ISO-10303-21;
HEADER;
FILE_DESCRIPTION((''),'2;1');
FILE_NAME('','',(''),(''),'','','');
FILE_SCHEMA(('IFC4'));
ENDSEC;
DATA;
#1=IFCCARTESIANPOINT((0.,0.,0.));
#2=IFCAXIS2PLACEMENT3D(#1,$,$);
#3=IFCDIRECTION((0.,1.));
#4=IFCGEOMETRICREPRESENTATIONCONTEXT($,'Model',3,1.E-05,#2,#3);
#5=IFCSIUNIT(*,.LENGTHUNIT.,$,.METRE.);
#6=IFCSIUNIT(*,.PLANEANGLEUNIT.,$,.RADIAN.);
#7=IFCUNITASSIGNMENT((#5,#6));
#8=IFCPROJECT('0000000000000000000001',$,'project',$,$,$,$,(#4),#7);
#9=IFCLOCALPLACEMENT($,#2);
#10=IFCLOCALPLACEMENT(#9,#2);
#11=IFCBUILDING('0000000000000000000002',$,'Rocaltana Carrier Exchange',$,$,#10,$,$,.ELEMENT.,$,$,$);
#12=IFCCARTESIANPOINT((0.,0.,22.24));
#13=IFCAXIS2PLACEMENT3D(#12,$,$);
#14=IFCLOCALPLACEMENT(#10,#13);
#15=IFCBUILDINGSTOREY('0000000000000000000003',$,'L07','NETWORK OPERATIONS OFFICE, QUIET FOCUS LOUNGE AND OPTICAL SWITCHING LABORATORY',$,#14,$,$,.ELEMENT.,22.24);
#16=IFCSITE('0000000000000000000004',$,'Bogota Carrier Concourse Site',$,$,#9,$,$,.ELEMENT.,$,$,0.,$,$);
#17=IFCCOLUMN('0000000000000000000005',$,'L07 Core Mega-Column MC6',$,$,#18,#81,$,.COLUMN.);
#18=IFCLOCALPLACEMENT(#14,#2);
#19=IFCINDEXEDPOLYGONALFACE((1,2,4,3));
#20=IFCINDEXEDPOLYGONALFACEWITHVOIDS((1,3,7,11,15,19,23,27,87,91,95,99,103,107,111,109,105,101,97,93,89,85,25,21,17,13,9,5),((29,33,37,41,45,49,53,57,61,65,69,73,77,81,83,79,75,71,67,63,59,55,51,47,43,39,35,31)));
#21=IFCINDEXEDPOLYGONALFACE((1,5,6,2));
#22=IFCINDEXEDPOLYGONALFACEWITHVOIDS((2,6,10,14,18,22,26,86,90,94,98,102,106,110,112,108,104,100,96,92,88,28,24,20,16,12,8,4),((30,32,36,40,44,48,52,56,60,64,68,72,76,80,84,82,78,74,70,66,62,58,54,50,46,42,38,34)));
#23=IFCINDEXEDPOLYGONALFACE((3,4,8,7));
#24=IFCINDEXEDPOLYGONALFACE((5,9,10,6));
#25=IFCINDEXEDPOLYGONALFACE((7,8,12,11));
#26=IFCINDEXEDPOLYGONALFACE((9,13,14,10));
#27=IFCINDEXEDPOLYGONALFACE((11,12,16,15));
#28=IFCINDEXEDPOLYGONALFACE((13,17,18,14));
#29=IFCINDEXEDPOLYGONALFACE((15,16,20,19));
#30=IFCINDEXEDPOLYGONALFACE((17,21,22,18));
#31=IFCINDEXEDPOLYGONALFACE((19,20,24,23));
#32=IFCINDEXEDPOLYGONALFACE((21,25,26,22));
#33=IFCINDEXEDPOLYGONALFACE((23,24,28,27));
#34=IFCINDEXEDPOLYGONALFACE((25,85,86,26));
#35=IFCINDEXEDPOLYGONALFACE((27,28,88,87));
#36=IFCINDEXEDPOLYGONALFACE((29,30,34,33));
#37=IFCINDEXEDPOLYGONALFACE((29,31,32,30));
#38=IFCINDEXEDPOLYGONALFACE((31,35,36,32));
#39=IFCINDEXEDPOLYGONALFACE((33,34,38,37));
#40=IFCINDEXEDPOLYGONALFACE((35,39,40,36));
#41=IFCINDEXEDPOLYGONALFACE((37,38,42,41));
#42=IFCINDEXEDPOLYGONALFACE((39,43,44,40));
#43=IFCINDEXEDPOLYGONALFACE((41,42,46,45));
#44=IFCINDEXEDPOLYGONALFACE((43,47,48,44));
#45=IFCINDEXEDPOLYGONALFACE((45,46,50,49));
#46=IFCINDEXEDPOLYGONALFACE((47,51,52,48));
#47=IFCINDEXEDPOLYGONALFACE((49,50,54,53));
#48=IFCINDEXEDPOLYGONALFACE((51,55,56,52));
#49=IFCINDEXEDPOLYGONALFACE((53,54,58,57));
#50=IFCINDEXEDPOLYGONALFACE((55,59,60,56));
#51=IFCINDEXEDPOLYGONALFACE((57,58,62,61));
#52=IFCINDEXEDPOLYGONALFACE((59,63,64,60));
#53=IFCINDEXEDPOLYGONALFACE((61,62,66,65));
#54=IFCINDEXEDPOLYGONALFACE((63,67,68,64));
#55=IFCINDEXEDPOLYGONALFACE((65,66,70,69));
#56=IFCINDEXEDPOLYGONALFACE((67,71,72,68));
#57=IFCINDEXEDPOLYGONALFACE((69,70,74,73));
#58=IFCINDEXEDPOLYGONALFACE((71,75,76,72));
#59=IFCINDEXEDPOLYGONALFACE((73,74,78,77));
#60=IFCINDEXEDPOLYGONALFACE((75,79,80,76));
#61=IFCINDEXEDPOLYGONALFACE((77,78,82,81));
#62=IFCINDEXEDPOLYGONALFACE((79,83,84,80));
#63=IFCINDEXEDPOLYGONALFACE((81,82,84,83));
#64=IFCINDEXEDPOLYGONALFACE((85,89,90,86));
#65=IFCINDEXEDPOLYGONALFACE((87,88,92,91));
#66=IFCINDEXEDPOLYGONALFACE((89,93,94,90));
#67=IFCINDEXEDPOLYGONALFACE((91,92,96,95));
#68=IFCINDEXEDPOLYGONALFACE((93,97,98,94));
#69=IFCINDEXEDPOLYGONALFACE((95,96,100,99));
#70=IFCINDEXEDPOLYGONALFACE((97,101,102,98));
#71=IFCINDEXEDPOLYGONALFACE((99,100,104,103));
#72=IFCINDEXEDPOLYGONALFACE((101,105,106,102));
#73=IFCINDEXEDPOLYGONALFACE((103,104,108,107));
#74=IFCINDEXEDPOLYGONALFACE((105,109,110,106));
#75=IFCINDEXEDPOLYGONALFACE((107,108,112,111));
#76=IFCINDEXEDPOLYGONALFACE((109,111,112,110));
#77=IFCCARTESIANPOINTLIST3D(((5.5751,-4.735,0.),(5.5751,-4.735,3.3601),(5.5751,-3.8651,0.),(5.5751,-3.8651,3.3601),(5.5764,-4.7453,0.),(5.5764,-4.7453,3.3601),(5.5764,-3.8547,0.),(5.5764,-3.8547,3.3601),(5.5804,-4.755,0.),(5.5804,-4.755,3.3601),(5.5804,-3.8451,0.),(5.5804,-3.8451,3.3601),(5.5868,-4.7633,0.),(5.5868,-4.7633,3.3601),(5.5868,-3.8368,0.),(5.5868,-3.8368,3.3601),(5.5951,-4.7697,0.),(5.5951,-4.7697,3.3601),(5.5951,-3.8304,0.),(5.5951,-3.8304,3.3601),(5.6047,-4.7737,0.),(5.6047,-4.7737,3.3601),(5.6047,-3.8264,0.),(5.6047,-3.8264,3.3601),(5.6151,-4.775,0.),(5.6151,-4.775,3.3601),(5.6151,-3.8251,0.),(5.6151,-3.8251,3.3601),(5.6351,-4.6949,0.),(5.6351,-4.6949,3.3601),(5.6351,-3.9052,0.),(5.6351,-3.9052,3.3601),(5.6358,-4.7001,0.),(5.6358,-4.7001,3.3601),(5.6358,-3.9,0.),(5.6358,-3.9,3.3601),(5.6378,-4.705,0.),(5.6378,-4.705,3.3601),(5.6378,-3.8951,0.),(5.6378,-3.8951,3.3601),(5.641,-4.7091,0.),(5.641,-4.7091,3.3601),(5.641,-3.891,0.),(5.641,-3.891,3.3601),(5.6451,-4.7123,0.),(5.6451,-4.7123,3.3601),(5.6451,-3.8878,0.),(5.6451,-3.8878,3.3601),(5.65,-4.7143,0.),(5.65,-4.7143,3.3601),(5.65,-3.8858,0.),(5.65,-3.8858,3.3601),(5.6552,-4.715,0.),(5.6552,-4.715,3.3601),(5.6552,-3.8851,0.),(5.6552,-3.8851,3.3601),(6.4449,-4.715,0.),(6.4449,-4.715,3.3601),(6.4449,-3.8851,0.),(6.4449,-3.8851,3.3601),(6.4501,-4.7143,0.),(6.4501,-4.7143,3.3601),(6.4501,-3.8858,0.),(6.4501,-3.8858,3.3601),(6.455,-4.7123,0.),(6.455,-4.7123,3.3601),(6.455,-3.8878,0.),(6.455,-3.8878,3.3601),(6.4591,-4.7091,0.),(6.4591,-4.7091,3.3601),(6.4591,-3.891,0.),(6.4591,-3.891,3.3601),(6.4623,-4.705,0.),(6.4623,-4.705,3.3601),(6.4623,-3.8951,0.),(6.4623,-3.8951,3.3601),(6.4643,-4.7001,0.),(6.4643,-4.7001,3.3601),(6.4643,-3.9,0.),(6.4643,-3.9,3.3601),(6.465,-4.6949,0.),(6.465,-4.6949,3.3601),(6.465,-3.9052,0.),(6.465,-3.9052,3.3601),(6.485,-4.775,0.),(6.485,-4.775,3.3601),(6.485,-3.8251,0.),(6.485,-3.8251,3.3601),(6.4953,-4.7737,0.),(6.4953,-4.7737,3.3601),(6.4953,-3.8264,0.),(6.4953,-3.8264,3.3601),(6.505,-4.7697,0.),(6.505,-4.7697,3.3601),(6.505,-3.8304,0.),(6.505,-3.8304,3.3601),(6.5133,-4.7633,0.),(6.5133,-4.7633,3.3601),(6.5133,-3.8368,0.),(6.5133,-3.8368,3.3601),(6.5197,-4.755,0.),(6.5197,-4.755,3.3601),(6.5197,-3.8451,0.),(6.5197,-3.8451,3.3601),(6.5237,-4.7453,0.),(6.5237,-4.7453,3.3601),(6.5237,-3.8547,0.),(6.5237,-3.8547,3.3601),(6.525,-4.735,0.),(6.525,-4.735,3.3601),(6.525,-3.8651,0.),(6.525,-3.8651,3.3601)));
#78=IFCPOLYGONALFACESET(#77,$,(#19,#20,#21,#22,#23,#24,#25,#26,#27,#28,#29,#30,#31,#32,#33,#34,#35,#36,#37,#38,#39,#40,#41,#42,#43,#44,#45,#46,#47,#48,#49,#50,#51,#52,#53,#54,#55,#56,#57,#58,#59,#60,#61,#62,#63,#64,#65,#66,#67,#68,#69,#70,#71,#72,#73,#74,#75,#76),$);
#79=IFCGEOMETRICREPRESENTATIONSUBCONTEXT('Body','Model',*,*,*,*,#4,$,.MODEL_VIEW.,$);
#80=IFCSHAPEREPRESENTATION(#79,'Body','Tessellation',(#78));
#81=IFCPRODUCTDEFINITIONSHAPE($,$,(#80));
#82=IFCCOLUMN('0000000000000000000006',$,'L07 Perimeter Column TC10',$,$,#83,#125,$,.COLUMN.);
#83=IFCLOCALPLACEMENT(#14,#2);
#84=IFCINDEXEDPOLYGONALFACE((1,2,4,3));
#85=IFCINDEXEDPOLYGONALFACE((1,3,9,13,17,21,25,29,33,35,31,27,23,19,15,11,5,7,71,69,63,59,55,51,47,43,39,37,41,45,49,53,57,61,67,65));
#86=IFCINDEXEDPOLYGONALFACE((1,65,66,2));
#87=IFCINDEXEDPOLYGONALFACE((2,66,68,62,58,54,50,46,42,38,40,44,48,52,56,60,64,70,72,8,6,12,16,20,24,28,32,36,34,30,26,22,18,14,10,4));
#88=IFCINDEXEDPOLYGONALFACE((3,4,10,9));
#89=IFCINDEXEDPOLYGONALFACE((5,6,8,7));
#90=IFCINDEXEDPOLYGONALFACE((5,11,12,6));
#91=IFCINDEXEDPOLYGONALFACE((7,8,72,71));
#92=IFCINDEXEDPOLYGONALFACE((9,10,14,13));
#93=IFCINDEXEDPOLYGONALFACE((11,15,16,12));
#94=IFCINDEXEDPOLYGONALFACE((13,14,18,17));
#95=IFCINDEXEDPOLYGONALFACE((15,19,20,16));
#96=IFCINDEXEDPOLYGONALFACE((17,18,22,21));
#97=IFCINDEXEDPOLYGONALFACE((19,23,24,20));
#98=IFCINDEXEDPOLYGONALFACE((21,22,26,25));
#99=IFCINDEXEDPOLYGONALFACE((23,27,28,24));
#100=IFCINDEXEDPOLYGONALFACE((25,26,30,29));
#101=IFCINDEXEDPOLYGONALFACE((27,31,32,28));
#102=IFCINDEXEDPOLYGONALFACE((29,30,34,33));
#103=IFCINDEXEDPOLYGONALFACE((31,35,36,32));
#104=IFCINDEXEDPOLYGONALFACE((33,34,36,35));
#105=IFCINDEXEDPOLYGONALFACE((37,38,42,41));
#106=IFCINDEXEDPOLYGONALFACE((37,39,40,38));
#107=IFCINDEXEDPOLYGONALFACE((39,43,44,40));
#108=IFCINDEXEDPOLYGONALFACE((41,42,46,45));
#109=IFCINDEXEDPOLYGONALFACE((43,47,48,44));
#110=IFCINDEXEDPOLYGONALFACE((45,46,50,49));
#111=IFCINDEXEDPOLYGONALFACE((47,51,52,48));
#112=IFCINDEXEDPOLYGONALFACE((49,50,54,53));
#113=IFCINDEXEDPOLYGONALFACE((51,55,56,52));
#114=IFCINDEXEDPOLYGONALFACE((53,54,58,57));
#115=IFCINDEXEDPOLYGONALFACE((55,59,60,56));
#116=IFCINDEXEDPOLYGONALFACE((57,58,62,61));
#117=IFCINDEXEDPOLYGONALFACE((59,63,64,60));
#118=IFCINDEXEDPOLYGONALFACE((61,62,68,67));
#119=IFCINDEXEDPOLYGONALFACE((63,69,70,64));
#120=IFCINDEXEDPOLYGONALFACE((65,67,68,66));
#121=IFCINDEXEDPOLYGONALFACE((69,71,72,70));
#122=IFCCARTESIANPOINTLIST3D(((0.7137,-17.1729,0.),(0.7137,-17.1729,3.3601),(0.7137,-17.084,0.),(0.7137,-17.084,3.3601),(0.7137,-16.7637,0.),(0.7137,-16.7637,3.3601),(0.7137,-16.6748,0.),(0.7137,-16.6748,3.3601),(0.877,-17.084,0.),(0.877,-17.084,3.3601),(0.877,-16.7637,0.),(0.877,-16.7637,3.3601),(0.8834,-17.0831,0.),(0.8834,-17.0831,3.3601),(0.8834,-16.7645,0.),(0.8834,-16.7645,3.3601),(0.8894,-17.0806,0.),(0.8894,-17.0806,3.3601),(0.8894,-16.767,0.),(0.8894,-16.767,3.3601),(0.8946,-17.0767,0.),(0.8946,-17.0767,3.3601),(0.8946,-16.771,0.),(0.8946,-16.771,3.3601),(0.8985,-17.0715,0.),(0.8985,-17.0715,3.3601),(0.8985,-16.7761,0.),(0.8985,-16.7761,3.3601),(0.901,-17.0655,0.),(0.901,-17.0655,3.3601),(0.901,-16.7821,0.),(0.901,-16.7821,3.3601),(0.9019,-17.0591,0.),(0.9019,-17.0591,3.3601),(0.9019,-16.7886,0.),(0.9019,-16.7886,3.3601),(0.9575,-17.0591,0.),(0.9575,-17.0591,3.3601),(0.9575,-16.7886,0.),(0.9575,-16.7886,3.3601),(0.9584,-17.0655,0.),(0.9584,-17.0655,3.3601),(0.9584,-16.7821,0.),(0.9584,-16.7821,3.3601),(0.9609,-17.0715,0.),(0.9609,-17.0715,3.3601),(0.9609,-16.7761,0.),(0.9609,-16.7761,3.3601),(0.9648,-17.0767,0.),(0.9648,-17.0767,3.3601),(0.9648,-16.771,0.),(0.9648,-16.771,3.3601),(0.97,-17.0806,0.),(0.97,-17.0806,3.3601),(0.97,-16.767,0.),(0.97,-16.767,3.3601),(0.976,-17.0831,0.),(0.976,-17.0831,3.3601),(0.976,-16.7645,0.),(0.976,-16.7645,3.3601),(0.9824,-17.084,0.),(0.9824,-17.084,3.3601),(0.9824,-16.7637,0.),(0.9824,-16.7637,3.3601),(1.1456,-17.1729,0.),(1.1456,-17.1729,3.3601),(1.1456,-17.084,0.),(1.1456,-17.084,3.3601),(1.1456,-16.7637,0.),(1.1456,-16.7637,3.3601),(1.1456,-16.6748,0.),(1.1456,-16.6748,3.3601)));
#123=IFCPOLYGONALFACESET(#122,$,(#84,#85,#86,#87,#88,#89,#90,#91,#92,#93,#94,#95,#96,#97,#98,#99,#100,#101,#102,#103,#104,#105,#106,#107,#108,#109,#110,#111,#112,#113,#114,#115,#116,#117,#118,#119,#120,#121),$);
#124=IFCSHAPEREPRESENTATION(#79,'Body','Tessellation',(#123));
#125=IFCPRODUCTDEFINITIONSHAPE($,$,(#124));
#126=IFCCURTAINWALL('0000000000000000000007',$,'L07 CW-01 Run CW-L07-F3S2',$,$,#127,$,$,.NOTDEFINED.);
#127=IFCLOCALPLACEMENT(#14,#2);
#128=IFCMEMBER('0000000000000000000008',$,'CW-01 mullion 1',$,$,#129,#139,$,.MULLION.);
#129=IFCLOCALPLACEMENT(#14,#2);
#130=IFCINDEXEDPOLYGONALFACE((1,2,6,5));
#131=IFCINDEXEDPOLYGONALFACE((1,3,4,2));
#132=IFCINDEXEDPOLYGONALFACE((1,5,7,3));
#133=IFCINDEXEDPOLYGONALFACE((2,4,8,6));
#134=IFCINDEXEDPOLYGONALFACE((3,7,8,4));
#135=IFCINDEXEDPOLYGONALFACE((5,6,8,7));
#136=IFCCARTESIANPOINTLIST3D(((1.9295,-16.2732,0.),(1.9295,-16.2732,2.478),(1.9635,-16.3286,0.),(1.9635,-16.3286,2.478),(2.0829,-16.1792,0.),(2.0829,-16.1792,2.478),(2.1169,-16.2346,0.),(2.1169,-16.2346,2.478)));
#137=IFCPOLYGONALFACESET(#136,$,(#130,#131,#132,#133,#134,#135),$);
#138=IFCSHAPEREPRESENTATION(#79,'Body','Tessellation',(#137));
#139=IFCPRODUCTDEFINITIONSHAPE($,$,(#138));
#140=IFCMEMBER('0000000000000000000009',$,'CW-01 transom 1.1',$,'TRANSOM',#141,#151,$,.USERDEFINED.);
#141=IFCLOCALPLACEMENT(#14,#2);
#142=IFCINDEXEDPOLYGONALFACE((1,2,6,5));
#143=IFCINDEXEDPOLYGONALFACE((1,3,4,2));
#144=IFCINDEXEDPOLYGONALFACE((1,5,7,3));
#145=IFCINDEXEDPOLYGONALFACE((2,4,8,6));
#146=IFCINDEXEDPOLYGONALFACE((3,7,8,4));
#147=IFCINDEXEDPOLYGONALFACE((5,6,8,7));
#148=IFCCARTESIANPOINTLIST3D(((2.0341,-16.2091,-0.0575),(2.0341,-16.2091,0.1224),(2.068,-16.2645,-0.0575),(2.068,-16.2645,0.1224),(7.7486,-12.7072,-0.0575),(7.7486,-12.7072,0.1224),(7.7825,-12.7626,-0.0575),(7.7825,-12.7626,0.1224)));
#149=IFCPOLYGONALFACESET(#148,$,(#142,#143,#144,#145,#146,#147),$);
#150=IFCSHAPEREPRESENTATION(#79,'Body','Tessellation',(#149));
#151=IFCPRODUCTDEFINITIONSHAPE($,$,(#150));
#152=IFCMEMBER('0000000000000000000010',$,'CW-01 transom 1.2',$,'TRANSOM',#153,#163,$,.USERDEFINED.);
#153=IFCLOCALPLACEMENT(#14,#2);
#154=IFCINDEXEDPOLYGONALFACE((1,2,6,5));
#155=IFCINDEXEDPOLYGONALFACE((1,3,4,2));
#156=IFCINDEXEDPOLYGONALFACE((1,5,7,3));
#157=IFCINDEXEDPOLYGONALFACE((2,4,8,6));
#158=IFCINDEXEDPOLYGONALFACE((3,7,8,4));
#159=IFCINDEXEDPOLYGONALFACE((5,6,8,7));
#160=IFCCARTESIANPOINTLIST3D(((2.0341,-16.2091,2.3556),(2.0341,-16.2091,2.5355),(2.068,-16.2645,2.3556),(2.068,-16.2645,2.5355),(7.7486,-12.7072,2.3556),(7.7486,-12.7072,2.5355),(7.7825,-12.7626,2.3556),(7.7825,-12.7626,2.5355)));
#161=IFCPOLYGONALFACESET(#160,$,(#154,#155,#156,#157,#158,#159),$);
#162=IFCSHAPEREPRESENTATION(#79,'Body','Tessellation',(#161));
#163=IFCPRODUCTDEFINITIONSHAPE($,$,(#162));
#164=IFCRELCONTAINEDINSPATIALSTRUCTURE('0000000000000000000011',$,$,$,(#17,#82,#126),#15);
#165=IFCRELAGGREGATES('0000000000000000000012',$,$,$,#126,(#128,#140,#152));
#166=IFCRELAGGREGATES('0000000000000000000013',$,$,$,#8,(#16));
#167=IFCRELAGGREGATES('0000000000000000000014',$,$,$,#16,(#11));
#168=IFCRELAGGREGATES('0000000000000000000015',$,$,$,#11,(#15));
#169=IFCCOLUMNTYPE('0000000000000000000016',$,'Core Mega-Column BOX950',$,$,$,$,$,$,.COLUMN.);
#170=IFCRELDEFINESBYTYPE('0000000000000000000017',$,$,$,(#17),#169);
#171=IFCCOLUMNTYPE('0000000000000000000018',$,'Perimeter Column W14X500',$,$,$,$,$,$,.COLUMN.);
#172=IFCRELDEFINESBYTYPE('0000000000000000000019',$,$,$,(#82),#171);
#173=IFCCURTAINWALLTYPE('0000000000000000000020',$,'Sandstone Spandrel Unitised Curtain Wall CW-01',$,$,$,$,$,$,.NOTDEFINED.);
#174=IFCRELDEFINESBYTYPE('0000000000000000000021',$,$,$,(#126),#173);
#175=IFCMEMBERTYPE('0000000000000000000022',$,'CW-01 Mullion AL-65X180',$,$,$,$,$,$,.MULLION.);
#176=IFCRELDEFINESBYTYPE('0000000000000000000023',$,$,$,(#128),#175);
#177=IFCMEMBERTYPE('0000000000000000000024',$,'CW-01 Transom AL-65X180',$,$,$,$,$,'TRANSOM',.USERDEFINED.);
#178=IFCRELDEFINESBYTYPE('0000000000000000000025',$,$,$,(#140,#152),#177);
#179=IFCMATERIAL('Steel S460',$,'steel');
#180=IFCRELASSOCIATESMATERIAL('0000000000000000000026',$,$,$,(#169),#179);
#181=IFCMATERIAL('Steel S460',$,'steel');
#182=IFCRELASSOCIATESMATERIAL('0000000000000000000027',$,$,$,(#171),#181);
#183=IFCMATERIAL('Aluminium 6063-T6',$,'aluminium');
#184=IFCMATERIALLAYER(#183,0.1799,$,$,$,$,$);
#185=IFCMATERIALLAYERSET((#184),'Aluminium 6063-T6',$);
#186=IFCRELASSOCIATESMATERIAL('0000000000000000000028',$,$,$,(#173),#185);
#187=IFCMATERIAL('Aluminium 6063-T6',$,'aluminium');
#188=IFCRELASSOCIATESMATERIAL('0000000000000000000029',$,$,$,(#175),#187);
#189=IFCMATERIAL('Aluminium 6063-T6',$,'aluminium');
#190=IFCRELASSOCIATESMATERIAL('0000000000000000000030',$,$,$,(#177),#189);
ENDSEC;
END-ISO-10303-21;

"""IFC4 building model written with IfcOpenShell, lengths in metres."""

from ifc_helpers import new_model, si_unit, direction, frame, origin, origin_2d, place, context, subcontext, project, spatial, rectangle, hollow_rectangle, i_section, extrude, material, layer, layer_set, material_profile, profile_set, type_object, element, aggregate, save


model = new_model("IFC4")

# Units and contexts
model_context = context("Model", 3, precision=1e-05, world=origin(), true_north=direction((0.0, 1.0)))
body_context = subcontext(model_context, "Body", "Model", "MODEL_VIEW")
ifc_project = project(units=[si_unit("LENGTHUNIT", "METRE"), si_unit("PLANEANGLEUNIT", "RADIAN")], contexts=[model_context])

# Site, building, storey
site_placement = place(None, origin())
site = spatial("IfcSite", under=ifc_project, at=site_placement, Name="Bogota Carrier Concourse Site", CompositionType="ELEMENT", RefElevation=0.0)
building_placement = place(site_placement, origin())
building = spatial("IfcBuilding", under=site, at=building_placement, Name="Rocaltana Carrier Exchange", CompositionType="ELEMENT")
storey_placement = place(building_placement, frame((0.0, 0.0, 22.24)))
storey = spatial("IfcBuildingStorey", under=building, at=storey_placement, Name="L07", Description="NETWORK OPERATIONS OFFICE, QUIET FOCUS LOUNGE AND OPTICAL SWITCHING LABORATORY", CompositionType="ELEMENT", Elevation=22.24)

# Columns
ifc_material_1 = material(Name="Steel S460", Category="steel")
ifc_material_profile_1 = material_profile(ifc_material_1, hollow_rectangle(XDim=0.95, YDim=0.95, WallThickness=0.0601, InnerFilletRadius=0.02, OuterFilletRadius=0.04, at=origin_2d()), Name="BOX950X950X60")
ifc_profile_set_1 = profile_set([ifc_material_profile_1], Name="Steel S460")
column_type_1 = type_object("IfcColumnType", Name="Core Mega-Column BOX950", PredefinedType="COLUMN", material=ifc_profile_set_1)
column_1_placement = place(storey_placement, frame((6.05, -4.3, 0.0), z_axis=(0.0, 0.0, 1.0), x_axis=(1.0, 0.0, 0.0)))
element("IfcColumn", 1, at=column_1_placement, inside=storey, type_object=column_type_1, Name="L07 Core Mega-Column MC6", PredefinedType="COLUMN", context=body_context, shape_type="SweptSolid", body=[
    extrude(hollow_rectangle(XDim=0.95, YDim=0.95, WallThickness=0.0601, InnerFilletRadius=0.02, OuterFilletRadius=0.04, at=origin_2d()), origin(), (0.0, 0.0, 1.0), 3.3601),
])
ifc_material_2 = material(Name="Steel S460", Category="steel")
ifc_material_profile_2 = material_profile(ifc_material_2, i_section(OverallWidth=0.4319, OverallDepth=0.498, WebThickness=0.0557, FlangeThickness=0.0889, FilletRadius=0.0249, at=origin_2d()), Name="W14X500")
ifc_profile_set_2 = profile_set([ifc_material_profile_2], Name="Steel S460")
column_type_2 = type_object("IfcColumnType", Name="Perimeter Column W14X500", PredefinedType="COLUMN", material=ifc_profile_set_2)
column_2_placement = place(storey_placement, frame((0.9297, -16.9238, 0.0), z_axis=(0.0, 0.0, 1.0), x_axis=(1.0, 0.0, 0.0)))
element("IfcColumn", 2, at=column_2_placement, inside=storey, type_object=column_type_2, Name="L07 Perimeter Column TC10", PredefinedType="COLUMN", context=body_context, shape_type="SweptSolid", body=[
    extrude(i_section(OverallWidth=0.4319, OverallDepth=0.498, WebThickness=0.0557, FlangeThickness=0.0889, FilletRadius=0.0249, at=origin_2d()), origin(), (0.0, 0.0, 1.0), 3.3601),
])

# Curtain wall, members
ifc_material_3 = material(Name="Aluminium 6063-T6", Category="aluminium")
ifc_layer_1 = layer(ifc_material_3, 0.1799)
ifc_layer_set_1 = layer_set([ifc_layer_1], Name="Aluminium 6063-T6")
curtain_wall_type = type_object("IfcCurtainWallType", Name="Sandstone Spandrel Unitised Curtain Wall CW-01", PredefinedType="NOTDEFINED", material=ifc_layer_set_1)
curtain_wall_placement = place(storey_placement, origin())
curtain_wall = element("IfcCurtainWall", 3, at=curtain_wall_placement, inside=storey, type_object=curtain_wall_type, Name="L07 CW-01 Run CW-L07-F3S2", PredefinedType="NOTDEFINED")
ifc_material_4 = material(Name="Aluminium 6063-T6", Category="aluminium")
ifc_material_profile_3 = material_profile(ifc_material_4, rectangle(XDim=0.0649, YDim=0.1799, at=origin_2d()), Name="AL-65X180")
ifc_profile_set_3 = profile_set([ifc_material_profile_3], Name="Aluminium 6063-T6")
member_type_1 = type_object("IfcMemberType", Name="CW-01 Mullion AL-65X180", PredefinedType="MULLION", material=ifc_profile_set_3)
member_1_placement = place(storey_placement, frame((2.0232, -16.2539, 0.0), z_axis=(0.0, 0.0, 1.0), x_axis=(-0.5225, 0.852639, 0.0)))
member_1 = element("IfcMember", 4, at=member_1_placement, type_object=member_type_1, Name="CW-01 mullion 1", PredefinedType="MULLION", context=body_context, shape_type="SweptSolid", body=[
    extrude(rectangle(XDim=0.0649, YDim=0.1799, at=origin_2d()), origin(), (0.0, 0.0, 1.0), 2.478),
])
ifc_material_5 = material(Name="Aluminium 6063-T6", Category="aluminium")
ifc_material_profile_4 = material_profile(ifc_material_5, rectangle(XDim=0.0649, YDim=0.1799, at=origin_2d()), Name="AL-65X180")
ifc_profile_set_4 = profile_set([ifc_material_profile_4], Name="Aluminium 6063-T6")
member_type_2 = type_object("IfcMemberType", Name="CW-01 Transom AL-65X180", ElementType="TRANSOM", PredefinedType="USERDEFINED", material=ifc_profile_set_4)
member_2_placement = place(storey_placement, frame((2.051, -16.2368, 0.0325), z_axis=(0.852637, 0.522503, 0.0), x_axis=(-0.522503, 0.852637, 0.0)))
member_2 = element("IfcMember", 5, at=member_2_placement, type_object=member_type_2, Name="CW-01 transom 1.1", ObjectType="TRANSOM", PredefinedType="USERDEFINED", context=body_context, shape_type="SweptSolid", body=[
    extrude(rectangle(XDim=0.0649, YDim=0.1799, at=origin_2d()), origin(), (0.0, 0.0, 1.0), 6.7021),
])
member_3_placement = place(storey_placement, frame((2.051, -16.2368, 2.4456), z_axis=(0.852637, 0.522503, 0.0), x_axis=(-0.522503, 0.852637, 0.0)))
member_3 = element("IfcMember", 6, at=member_3_placement, type_object=member_type_2, Name="CW-01 transom 1.2", ObjectType="TRANSOM", PredefinedType="USERDEFINED", context=body_context, shape_type="SweptSolid", body=[
    extrude(rectangle(XDim=0.0649, YDim=0.1799, at=origin_2d()), origin(), (0.0, 0.0, 1.0), 6.7021),
])

aggregate(curtain_wall, [member_1, member_2, member_3])

save(model, "model.ifc")
